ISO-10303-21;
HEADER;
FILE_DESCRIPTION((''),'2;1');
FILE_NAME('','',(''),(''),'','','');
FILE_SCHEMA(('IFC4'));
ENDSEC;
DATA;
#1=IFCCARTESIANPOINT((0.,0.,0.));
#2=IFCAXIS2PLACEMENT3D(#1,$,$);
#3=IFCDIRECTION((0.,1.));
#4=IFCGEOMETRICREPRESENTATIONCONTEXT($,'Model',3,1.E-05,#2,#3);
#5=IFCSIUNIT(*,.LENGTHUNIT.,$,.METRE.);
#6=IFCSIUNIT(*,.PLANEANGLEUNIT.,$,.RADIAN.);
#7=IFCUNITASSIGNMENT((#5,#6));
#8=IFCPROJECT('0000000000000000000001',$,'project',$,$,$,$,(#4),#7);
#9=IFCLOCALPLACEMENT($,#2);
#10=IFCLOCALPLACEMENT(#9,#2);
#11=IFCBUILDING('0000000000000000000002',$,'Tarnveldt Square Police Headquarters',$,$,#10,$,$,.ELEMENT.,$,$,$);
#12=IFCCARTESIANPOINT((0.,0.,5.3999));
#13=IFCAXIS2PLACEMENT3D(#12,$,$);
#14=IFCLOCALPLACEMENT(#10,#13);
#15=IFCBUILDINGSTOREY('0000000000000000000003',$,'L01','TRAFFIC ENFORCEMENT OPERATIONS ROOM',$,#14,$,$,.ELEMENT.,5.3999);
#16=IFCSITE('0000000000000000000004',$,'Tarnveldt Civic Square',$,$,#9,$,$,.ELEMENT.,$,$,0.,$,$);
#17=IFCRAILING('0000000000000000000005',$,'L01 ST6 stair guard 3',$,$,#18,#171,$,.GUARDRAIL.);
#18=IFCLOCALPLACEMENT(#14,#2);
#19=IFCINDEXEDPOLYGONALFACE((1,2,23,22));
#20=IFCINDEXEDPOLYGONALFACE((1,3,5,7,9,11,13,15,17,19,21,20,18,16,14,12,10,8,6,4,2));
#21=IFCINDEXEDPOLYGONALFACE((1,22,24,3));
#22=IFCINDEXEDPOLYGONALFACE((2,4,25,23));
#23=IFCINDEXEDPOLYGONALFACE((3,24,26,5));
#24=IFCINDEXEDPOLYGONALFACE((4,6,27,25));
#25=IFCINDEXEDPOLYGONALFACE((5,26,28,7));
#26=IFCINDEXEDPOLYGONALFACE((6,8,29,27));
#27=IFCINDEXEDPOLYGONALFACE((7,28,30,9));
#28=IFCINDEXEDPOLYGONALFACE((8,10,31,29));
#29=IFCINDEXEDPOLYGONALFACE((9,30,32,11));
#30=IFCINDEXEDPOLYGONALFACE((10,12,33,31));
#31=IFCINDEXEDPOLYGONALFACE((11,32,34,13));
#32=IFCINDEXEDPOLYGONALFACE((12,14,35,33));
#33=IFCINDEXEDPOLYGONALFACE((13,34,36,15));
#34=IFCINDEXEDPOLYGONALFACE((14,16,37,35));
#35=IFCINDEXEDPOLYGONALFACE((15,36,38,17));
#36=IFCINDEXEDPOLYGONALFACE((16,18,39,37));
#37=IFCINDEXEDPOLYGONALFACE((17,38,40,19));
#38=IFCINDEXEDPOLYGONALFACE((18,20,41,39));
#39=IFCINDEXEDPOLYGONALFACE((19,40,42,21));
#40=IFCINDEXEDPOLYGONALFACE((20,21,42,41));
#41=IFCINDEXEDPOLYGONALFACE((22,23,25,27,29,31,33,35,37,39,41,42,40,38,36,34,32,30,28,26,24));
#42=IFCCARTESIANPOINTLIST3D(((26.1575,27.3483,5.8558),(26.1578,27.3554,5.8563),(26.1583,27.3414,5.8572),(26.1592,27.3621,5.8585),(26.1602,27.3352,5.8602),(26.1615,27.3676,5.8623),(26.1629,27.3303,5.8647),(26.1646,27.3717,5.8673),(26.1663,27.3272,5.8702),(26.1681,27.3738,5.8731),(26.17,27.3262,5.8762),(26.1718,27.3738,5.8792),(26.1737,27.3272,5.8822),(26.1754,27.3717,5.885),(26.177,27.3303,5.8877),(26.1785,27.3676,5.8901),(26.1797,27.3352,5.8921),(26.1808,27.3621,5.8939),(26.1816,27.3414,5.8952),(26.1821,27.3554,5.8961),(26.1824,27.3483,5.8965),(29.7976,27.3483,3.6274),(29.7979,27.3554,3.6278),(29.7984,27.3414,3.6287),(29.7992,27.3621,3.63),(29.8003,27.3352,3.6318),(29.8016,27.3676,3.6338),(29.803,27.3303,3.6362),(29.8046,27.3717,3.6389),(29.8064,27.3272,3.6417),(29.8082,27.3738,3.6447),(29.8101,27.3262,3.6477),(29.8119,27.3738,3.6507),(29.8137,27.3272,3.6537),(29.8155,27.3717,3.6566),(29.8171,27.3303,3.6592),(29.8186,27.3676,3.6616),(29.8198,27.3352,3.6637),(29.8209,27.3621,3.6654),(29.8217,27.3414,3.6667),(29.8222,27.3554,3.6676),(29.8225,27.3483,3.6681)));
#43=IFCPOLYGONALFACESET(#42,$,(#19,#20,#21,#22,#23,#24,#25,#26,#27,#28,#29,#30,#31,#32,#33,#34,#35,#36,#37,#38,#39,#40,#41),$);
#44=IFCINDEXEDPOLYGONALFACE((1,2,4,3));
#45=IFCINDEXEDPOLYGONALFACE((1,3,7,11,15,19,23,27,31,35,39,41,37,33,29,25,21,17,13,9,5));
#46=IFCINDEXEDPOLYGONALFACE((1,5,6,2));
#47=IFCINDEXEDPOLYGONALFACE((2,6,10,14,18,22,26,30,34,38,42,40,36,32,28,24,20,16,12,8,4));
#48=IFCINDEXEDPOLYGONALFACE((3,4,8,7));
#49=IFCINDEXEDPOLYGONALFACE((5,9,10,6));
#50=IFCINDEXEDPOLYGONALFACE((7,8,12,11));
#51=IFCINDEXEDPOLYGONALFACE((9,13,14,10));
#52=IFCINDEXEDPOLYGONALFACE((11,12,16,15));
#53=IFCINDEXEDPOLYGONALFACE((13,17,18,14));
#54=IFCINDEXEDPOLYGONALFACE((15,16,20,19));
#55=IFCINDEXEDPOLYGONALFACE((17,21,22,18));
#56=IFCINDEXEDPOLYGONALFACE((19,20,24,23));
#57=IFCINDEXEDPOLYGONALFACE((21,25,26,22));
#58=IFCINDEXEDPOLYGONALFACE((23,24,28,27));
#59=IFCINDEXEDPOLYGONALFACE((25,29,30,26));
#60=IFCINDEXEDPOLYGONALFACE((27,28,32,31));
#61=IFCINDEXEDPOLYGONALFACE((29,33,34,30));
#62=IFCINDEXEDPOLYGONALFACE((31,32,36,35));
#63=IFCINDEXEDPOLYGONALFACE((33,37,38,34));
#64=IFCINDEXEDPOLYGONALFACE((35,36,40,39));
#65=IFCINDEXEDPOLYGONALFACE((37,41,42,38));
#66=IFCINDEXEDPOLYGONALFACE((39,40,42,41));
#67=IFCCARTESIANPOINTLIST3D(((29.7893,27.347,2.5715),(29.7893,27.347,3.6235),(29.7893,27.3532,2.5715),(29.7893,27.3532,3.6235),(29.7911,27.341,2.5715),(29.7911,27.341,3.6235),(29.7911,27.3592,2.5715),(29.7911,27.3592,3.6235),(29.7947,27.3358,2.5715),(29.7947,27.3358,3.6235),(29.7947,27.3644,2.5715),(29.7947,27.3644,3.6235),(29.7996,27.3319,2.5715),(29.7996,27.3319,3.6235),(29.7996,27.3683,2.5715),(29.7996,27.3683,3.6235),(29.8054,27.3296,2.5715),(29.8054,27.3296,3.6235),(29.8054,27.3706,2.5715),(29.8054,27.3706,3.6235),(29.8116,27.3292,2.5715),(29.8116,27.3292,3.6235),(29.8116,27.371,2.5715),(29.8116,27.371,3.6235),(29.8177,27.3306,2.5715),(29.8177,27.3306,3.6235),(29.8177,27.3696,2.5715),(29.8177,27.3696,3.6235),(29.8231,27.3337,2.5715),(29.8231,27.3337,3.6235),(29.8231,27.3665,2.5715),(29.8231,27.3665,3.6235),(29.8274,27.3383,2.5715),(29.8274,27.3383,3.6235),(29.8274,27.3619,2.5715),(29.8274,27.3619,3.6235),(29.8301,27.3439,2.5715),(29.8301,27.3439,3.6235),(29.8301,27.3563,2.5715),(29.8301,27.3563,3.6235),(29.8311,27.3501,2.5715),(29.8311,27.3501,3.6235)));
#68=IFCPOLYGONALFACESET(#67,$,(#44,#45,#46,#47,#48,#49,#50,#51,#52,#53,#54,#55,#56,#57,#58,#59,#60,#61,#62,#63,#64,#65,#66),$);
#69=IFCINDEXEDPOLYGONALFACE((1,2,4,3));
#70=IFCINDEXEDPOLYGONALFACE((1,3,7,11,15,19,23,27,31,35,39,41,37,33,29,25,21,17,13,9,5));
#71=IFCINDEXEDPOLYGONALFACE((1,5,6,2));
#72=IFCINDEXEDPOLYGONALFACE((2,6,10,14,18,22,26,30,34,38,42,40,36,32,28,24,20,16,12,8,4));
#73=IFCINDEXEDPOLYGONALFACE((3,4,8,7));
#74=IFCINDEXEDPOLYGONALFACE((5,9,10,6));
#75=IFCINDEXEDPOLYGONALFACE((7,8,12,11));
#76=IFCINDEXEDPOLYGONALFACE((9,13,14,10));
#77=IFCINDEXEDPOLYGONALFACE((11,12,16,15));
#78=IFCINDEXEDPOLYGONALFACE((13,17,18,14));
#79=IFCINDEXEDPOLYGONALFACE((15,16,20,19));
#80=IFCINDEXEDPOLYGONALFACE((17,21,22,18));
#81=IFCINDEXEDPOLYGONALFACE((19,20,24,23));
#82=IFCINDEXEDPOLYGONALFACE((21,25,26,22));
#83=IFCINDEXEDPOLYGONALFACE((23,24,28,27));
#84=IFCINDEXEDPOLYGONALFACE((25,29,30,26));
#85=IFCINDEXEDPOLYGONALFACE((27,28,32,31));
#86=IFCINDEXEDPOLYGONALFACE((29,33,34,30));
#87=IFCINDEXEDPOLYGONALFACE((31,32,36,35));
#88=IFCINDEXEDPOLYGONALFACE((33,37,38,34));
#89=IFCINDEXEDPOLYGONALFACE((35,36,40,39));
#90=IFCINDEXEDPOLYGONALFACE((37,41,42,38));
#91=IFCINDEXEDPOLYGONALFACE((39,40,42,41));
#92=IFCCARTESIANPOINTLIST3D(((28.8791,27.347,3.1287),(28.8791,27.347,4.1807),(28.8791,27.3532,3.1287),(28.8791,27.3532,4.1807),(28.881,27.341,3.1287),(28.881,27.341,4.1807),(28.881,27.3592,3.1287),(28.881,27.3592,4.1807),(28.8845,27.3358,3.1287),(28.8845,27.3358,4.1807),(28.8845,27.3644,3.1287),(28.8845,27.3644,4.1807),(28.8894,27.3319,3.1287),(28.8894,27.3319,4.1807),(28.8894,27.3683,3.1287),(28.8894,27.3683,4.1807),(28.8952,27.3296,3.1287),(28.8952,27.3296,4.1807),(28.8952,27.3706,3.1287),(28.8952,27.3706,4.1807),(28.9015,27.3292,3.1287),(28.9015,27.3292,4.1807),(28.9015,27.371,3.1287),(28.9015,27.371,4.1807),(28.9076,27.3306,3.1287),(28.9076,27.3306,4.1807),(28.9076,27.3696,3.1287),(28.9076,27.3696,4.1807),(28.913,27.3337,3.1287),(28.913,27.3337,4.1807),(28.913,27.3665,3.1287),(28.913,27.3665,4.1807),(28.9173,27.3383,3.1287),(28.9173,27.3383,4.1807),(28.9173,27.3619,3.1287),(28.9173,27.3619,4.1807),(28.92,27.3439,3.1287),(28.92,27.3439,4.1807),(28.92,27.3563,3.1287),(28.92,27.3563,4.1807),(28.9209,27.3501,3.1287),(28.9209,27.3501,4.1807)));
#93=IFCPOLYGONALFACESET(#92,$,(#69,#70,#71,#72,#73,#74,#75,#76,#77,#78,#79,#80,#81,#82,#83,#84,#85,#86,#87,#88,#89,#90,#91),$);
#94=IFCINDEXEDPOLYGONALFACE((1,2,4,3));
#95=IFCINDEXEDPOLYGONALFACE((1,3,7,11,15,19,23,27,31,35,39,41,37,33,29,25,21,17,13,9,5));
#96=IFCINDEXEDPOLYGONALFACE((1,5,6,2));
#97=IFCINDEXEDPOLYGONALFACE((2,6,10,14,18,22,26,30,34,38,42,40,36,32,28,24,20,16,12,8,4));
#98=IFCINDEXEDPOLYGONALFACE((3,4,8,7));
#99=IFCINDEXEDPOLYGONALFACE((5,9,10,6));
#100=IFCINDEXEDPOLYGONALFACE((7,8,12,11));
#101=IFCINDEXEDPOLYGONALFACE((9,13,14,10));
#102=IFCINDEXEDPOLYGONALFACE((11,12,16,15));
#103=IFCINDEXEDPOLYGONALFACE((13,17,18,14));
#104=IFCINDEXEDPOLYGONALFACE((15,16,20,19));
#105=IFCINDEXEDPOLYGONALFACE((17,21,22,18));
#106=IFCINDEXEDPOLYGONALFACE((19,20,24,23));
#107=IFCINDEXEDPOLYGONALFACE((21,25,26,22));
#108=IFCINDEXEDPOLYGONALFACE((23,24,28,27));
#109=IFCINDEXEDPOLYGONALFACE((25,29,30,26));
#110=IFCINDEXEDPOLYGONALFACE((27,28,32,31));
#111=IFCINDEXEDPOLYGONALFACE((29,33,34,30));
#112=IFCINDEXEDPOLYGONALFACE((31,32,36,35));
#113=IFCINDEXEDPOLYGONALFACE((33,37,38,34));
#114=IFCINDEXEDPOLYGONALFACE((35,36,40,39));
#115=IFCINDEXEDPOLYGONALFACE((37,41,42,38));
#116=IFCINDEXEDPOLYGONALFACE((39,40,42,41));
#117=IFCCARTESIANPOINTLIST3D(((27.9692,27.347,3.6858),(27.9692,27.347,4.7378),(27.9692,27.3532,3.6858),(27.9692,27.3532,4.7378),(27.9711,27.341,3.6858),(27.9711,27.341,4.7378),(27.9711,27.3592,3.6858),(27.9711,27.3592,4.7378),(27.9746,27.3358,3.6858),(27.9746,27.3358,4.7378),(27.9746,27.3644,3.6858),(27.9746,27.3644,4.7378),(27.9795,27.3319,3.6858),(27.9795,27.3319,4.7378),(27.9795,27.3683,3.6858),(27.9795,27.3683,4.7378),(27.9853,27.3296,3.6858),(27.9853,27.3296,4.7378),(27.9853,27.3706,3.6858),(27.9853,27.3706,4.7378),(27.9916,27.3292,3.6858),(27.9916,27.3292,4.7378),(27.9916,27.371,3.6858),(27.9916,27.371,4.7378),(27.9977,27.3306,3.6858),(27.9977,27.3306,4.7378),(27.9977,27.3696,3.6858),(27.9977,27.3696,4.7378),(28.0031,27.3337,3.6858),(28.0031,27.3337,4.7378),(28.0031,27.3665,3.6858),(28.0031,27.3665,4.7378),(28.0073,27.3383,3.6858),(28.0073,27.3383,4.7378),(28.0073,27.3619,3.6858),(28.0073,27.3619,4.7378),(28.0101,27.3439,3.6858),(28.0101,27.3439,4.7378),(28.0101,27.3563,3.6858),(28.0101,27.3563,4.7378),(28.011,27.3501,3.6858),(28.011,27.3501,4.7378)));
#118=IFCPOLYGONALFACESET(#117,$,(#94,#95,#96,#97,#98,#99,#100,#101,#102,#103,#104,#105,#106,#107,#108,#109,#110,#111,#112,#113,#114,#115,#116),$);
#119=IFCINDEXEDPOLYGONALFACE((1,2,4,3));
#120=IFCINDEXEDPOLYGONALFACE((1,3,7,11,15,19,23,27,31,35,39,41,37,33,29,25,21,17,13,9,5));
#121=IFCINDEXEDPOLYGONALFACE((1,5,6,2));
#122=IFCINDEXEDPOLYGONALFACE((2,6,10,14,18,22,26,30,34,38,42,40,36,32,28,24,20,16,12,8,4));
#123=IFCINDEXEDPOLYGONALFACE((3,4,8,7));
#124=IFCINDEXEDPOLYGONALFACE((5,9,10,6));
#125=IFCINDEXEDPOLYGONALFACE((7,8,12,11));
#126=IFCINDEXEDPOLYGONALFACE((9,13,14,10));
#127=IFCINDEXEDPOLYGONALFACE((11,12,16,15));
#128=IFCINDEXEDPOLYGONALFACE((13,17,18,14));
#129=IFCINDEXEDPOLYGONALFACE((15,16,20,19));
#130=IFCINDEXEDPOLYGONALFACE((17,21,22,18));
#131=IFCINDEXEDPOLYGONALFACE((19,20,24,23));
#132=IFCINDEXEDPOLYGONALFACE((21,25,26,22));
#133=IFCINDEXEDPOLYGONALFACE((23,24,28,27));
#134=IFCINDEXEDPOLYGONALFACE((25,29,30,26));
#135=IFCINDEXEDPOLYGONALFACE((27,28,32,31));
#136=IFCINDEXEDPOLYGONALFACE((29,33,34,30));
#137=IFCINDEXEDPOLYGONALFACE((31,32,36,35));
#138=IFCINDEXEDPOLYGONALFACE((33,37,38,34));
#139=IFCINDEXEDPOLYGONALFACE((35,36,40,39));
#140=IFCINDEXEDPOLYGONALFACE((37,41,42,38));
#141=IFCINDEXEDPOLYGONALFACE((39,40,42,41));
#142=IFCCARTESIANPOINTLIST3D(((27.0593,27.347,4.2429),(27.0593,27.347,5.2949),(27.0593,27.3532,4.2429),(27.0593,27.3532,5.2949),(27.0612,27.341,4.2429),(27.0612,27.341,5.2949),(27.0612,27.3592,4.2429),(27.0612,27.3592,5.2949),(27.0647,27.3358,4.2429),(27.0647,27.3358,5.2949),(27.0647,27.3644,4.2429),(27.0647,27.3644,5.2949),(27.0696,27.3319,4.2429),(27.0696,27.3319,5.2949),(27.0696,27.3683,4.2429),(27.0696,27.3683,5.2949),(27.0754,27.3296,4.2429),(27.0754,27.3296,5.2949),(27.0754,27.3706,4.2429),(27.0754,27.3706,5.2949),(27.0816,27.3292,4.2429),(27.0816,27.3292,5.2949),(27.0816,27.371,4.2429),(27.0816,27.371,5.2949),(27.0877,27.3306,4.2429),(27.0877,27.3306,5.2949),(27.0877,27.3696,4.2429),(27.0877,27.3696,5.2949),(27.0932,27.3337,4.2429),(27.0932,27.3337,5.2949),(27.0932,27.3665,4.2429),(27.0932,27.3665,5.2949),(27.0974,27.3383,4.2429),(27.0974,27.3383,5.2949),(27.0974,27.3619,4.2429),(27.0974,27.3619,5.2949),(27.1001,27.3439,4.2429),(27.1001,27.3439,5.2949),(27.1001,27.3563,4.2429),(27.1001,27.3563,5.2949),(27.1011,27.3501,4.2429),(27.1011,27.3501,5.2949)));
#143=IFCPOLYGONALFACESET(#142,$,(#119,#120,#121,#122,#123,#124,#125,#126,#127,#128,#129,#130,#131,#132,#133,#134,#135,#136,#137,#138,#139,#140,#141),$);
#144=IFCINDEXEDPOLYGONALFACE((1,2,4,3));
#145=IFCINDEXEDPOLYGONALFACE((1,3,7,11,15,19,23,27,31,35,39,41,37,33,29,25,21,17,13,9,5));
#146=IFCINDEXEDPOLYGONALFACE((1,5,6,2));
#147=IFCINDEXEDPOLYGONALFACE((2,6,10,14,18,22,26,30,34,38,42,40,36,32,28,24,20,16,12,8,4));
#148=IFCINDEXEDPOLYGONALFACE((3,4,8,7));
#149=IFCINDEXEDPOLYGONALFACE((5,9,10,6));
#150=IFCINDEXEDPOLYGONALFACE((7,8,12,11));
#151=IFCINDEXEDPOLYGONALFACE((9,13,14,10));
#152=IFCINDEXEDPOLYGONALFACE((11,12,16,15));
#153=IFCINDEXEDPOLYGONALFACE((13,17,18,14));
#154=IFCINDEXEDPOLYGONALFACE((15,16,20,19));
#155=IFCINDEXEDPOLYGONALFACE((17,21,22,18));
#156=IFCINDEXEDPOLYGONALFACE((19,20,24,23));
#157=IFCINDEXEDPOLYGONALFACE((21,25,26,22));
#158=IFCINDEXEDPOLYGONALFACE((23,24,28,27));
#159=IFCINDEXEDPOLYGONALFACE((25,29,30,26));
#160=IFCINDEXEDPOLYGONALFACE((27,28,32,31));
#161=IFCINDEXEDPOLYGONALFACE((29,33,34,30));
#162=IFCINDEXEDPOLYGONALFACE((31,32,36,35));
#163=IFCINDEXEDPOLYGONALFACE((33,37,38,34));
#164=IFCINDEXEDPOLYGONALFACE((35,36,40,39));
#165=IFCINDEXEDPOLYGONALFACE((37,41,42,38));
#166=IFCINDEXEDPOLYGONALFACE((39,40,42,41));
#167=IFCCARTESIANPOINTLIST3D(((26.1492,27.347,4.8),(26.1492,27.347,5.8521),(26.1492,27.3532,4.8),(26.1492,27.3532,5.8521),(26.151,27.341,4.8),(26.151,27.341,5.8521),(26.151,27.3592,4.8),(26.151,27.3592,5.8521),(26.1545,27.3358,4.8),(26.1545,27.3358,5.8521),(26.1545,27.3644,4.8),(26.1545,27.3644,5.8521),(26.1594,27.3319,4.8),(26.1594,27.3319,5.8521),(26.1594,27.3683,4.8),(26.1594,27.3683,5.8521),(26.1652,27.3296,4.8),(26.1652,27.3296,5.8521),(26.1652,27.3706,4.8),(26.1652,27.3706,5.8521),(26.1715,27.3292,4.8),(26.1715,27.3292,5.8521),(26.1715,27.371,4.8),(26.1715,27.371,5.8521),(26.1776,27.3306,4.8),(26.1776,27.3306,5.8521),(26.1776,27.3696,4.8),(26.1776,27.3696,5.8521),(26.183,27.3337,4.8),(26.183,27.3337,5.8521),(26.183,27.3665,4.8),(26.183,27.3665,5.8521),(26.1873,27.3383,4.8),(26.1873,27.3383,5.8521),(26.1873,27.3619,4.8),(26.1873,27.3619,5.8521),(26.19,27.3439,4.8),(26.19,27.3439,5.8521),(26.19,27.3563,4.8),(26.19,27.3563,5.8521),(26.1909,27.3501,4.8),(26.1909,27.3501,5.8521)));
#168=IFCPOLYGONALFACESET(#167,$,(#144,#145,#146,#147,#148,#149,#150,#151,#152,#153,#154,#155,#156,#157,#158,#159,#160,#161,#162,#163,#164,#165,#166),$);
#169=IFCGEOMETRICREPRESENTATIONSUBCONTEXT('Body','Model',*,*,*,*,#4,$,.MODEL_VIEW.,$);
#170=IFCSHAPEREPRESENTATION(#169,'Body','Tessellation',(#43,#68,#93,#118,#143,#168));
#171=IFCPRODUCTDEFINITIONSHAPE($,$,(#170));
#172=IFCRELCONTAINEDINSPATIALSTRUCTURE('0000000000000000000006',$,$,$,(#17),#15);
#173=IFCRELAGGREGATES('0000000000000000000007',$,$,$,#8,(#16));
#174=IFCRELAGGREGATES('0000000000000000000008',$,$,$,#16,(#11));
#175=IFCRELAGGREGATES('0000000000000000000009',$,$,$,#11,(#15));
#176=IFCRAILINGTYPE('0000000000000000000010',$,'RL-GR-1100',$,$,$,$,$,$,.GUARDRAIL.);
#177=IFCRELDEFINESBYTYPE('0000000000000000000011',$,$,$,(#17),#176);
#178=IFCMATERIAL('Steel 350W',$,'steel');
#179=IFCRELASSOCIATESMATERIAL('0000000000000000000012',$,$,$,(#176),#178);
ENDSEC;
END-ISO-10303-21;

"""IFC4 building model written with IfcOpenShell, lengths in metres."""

from ifc_helpers import new_model, si_unit, direction, frame, origin, origin_2d, place, context, subcontext, project, spatial, circle, extrude, material, type_object, element, save


model = new_model("IFC4")

# Units and contexts
model_context = context("Model", 3, precision=1e-05, world=origin(), true_north=direction((0.0, 1.0)))
body_context = subcontext(model_context, "Body", "Model", "MODEL_VIEW")
ifc_project = project(units=[si_unit("LENGTHUNIT", "METRE"), si_unit("PLANEANGLEUNIT", "RADIAN")], contexts=[model_context])

# Site, building, storey
site_placement = place(None, origin())
site = spatial("IfcSite", under=ifc_project, at=site_placement, Name="Tarnveldt Civic Square", CompositionType="ELEMENT", RefElevation=0.0)
building_placement = place(site_placement, origin())
building = spatial("IfcBuilding", under=site, at=building_placement, Name="Tarnveldt Square Police Headquarters", CompositionType="ELEMENT")
storey_placement = place(building_placement, frame((0.0, 0.0, 5.3999)))
storey = spatial("IfcBuildingStorey", under=building, at=storey_placement, Name="L01", Description="TRAFFIC ENFORCEMENT OPERATIONS ROOM", CompositionType="ELEMENT", Elevation=5.3999)

# Shared definitions
ifc_material_1 = material(Name="Steel 350W", Category="steel")

# Railing
railing_type_1 = type_object("IfcRailingType", Name="RL-GR-1100", PredefinedType="GUARDRAIL", material=ifc_material_1)
railing_1_placement = place(storey_placement, frame((29.8101, 27.3501, 2.5715)))
element("IfcRailing", 1, at=railing_1_placement, inside=storey, type_object=railing_type_1, Name="L01 ST6 stair guard 3", PredefinedType="GUARDRAIL", context=body_context, shape_type="SweptSolid", body=[
    extrude(circle(Radius=0.0239, at=origin_2d()), frame((0.0, 0.0, 1.0762), z_axis=(-0.852866, 0.0, 0.52213), x_axis=(0.0, -1.0, 0.0)), (0.0, 0.0, 1.0), 4.2681),
    extrude(circle(Radius=0.021, at=origin_2d()), origin(), (0.0, 0.0, 1.0), 1.052),
    extrude(circle(Radius=0.021, at=origin_2d()), frame((-0.9102, 0.0, 0.5571)), (0.0, 0.0, 1.0), 1.052),
    extrude(circle(Radius=0.021, at=origin_2d()), frame((-1.8201, 0.0, 1.1143)), (0.0, 0.0, 1.0), 1.052),
    extrude(circle(Radius=0.021, at=origin_2d()), frame((-2.73, 0.0, 1.6714)), (0.0, 0.0, 1.0), 1.052),
    extrude(circle(Radius=0.021, at=origin_2d()), frame((-3.6401, 0.0, 2.2285)), (0.0, 0.0, 1.0), 1.052),
])

save(model, "model.ifc")
